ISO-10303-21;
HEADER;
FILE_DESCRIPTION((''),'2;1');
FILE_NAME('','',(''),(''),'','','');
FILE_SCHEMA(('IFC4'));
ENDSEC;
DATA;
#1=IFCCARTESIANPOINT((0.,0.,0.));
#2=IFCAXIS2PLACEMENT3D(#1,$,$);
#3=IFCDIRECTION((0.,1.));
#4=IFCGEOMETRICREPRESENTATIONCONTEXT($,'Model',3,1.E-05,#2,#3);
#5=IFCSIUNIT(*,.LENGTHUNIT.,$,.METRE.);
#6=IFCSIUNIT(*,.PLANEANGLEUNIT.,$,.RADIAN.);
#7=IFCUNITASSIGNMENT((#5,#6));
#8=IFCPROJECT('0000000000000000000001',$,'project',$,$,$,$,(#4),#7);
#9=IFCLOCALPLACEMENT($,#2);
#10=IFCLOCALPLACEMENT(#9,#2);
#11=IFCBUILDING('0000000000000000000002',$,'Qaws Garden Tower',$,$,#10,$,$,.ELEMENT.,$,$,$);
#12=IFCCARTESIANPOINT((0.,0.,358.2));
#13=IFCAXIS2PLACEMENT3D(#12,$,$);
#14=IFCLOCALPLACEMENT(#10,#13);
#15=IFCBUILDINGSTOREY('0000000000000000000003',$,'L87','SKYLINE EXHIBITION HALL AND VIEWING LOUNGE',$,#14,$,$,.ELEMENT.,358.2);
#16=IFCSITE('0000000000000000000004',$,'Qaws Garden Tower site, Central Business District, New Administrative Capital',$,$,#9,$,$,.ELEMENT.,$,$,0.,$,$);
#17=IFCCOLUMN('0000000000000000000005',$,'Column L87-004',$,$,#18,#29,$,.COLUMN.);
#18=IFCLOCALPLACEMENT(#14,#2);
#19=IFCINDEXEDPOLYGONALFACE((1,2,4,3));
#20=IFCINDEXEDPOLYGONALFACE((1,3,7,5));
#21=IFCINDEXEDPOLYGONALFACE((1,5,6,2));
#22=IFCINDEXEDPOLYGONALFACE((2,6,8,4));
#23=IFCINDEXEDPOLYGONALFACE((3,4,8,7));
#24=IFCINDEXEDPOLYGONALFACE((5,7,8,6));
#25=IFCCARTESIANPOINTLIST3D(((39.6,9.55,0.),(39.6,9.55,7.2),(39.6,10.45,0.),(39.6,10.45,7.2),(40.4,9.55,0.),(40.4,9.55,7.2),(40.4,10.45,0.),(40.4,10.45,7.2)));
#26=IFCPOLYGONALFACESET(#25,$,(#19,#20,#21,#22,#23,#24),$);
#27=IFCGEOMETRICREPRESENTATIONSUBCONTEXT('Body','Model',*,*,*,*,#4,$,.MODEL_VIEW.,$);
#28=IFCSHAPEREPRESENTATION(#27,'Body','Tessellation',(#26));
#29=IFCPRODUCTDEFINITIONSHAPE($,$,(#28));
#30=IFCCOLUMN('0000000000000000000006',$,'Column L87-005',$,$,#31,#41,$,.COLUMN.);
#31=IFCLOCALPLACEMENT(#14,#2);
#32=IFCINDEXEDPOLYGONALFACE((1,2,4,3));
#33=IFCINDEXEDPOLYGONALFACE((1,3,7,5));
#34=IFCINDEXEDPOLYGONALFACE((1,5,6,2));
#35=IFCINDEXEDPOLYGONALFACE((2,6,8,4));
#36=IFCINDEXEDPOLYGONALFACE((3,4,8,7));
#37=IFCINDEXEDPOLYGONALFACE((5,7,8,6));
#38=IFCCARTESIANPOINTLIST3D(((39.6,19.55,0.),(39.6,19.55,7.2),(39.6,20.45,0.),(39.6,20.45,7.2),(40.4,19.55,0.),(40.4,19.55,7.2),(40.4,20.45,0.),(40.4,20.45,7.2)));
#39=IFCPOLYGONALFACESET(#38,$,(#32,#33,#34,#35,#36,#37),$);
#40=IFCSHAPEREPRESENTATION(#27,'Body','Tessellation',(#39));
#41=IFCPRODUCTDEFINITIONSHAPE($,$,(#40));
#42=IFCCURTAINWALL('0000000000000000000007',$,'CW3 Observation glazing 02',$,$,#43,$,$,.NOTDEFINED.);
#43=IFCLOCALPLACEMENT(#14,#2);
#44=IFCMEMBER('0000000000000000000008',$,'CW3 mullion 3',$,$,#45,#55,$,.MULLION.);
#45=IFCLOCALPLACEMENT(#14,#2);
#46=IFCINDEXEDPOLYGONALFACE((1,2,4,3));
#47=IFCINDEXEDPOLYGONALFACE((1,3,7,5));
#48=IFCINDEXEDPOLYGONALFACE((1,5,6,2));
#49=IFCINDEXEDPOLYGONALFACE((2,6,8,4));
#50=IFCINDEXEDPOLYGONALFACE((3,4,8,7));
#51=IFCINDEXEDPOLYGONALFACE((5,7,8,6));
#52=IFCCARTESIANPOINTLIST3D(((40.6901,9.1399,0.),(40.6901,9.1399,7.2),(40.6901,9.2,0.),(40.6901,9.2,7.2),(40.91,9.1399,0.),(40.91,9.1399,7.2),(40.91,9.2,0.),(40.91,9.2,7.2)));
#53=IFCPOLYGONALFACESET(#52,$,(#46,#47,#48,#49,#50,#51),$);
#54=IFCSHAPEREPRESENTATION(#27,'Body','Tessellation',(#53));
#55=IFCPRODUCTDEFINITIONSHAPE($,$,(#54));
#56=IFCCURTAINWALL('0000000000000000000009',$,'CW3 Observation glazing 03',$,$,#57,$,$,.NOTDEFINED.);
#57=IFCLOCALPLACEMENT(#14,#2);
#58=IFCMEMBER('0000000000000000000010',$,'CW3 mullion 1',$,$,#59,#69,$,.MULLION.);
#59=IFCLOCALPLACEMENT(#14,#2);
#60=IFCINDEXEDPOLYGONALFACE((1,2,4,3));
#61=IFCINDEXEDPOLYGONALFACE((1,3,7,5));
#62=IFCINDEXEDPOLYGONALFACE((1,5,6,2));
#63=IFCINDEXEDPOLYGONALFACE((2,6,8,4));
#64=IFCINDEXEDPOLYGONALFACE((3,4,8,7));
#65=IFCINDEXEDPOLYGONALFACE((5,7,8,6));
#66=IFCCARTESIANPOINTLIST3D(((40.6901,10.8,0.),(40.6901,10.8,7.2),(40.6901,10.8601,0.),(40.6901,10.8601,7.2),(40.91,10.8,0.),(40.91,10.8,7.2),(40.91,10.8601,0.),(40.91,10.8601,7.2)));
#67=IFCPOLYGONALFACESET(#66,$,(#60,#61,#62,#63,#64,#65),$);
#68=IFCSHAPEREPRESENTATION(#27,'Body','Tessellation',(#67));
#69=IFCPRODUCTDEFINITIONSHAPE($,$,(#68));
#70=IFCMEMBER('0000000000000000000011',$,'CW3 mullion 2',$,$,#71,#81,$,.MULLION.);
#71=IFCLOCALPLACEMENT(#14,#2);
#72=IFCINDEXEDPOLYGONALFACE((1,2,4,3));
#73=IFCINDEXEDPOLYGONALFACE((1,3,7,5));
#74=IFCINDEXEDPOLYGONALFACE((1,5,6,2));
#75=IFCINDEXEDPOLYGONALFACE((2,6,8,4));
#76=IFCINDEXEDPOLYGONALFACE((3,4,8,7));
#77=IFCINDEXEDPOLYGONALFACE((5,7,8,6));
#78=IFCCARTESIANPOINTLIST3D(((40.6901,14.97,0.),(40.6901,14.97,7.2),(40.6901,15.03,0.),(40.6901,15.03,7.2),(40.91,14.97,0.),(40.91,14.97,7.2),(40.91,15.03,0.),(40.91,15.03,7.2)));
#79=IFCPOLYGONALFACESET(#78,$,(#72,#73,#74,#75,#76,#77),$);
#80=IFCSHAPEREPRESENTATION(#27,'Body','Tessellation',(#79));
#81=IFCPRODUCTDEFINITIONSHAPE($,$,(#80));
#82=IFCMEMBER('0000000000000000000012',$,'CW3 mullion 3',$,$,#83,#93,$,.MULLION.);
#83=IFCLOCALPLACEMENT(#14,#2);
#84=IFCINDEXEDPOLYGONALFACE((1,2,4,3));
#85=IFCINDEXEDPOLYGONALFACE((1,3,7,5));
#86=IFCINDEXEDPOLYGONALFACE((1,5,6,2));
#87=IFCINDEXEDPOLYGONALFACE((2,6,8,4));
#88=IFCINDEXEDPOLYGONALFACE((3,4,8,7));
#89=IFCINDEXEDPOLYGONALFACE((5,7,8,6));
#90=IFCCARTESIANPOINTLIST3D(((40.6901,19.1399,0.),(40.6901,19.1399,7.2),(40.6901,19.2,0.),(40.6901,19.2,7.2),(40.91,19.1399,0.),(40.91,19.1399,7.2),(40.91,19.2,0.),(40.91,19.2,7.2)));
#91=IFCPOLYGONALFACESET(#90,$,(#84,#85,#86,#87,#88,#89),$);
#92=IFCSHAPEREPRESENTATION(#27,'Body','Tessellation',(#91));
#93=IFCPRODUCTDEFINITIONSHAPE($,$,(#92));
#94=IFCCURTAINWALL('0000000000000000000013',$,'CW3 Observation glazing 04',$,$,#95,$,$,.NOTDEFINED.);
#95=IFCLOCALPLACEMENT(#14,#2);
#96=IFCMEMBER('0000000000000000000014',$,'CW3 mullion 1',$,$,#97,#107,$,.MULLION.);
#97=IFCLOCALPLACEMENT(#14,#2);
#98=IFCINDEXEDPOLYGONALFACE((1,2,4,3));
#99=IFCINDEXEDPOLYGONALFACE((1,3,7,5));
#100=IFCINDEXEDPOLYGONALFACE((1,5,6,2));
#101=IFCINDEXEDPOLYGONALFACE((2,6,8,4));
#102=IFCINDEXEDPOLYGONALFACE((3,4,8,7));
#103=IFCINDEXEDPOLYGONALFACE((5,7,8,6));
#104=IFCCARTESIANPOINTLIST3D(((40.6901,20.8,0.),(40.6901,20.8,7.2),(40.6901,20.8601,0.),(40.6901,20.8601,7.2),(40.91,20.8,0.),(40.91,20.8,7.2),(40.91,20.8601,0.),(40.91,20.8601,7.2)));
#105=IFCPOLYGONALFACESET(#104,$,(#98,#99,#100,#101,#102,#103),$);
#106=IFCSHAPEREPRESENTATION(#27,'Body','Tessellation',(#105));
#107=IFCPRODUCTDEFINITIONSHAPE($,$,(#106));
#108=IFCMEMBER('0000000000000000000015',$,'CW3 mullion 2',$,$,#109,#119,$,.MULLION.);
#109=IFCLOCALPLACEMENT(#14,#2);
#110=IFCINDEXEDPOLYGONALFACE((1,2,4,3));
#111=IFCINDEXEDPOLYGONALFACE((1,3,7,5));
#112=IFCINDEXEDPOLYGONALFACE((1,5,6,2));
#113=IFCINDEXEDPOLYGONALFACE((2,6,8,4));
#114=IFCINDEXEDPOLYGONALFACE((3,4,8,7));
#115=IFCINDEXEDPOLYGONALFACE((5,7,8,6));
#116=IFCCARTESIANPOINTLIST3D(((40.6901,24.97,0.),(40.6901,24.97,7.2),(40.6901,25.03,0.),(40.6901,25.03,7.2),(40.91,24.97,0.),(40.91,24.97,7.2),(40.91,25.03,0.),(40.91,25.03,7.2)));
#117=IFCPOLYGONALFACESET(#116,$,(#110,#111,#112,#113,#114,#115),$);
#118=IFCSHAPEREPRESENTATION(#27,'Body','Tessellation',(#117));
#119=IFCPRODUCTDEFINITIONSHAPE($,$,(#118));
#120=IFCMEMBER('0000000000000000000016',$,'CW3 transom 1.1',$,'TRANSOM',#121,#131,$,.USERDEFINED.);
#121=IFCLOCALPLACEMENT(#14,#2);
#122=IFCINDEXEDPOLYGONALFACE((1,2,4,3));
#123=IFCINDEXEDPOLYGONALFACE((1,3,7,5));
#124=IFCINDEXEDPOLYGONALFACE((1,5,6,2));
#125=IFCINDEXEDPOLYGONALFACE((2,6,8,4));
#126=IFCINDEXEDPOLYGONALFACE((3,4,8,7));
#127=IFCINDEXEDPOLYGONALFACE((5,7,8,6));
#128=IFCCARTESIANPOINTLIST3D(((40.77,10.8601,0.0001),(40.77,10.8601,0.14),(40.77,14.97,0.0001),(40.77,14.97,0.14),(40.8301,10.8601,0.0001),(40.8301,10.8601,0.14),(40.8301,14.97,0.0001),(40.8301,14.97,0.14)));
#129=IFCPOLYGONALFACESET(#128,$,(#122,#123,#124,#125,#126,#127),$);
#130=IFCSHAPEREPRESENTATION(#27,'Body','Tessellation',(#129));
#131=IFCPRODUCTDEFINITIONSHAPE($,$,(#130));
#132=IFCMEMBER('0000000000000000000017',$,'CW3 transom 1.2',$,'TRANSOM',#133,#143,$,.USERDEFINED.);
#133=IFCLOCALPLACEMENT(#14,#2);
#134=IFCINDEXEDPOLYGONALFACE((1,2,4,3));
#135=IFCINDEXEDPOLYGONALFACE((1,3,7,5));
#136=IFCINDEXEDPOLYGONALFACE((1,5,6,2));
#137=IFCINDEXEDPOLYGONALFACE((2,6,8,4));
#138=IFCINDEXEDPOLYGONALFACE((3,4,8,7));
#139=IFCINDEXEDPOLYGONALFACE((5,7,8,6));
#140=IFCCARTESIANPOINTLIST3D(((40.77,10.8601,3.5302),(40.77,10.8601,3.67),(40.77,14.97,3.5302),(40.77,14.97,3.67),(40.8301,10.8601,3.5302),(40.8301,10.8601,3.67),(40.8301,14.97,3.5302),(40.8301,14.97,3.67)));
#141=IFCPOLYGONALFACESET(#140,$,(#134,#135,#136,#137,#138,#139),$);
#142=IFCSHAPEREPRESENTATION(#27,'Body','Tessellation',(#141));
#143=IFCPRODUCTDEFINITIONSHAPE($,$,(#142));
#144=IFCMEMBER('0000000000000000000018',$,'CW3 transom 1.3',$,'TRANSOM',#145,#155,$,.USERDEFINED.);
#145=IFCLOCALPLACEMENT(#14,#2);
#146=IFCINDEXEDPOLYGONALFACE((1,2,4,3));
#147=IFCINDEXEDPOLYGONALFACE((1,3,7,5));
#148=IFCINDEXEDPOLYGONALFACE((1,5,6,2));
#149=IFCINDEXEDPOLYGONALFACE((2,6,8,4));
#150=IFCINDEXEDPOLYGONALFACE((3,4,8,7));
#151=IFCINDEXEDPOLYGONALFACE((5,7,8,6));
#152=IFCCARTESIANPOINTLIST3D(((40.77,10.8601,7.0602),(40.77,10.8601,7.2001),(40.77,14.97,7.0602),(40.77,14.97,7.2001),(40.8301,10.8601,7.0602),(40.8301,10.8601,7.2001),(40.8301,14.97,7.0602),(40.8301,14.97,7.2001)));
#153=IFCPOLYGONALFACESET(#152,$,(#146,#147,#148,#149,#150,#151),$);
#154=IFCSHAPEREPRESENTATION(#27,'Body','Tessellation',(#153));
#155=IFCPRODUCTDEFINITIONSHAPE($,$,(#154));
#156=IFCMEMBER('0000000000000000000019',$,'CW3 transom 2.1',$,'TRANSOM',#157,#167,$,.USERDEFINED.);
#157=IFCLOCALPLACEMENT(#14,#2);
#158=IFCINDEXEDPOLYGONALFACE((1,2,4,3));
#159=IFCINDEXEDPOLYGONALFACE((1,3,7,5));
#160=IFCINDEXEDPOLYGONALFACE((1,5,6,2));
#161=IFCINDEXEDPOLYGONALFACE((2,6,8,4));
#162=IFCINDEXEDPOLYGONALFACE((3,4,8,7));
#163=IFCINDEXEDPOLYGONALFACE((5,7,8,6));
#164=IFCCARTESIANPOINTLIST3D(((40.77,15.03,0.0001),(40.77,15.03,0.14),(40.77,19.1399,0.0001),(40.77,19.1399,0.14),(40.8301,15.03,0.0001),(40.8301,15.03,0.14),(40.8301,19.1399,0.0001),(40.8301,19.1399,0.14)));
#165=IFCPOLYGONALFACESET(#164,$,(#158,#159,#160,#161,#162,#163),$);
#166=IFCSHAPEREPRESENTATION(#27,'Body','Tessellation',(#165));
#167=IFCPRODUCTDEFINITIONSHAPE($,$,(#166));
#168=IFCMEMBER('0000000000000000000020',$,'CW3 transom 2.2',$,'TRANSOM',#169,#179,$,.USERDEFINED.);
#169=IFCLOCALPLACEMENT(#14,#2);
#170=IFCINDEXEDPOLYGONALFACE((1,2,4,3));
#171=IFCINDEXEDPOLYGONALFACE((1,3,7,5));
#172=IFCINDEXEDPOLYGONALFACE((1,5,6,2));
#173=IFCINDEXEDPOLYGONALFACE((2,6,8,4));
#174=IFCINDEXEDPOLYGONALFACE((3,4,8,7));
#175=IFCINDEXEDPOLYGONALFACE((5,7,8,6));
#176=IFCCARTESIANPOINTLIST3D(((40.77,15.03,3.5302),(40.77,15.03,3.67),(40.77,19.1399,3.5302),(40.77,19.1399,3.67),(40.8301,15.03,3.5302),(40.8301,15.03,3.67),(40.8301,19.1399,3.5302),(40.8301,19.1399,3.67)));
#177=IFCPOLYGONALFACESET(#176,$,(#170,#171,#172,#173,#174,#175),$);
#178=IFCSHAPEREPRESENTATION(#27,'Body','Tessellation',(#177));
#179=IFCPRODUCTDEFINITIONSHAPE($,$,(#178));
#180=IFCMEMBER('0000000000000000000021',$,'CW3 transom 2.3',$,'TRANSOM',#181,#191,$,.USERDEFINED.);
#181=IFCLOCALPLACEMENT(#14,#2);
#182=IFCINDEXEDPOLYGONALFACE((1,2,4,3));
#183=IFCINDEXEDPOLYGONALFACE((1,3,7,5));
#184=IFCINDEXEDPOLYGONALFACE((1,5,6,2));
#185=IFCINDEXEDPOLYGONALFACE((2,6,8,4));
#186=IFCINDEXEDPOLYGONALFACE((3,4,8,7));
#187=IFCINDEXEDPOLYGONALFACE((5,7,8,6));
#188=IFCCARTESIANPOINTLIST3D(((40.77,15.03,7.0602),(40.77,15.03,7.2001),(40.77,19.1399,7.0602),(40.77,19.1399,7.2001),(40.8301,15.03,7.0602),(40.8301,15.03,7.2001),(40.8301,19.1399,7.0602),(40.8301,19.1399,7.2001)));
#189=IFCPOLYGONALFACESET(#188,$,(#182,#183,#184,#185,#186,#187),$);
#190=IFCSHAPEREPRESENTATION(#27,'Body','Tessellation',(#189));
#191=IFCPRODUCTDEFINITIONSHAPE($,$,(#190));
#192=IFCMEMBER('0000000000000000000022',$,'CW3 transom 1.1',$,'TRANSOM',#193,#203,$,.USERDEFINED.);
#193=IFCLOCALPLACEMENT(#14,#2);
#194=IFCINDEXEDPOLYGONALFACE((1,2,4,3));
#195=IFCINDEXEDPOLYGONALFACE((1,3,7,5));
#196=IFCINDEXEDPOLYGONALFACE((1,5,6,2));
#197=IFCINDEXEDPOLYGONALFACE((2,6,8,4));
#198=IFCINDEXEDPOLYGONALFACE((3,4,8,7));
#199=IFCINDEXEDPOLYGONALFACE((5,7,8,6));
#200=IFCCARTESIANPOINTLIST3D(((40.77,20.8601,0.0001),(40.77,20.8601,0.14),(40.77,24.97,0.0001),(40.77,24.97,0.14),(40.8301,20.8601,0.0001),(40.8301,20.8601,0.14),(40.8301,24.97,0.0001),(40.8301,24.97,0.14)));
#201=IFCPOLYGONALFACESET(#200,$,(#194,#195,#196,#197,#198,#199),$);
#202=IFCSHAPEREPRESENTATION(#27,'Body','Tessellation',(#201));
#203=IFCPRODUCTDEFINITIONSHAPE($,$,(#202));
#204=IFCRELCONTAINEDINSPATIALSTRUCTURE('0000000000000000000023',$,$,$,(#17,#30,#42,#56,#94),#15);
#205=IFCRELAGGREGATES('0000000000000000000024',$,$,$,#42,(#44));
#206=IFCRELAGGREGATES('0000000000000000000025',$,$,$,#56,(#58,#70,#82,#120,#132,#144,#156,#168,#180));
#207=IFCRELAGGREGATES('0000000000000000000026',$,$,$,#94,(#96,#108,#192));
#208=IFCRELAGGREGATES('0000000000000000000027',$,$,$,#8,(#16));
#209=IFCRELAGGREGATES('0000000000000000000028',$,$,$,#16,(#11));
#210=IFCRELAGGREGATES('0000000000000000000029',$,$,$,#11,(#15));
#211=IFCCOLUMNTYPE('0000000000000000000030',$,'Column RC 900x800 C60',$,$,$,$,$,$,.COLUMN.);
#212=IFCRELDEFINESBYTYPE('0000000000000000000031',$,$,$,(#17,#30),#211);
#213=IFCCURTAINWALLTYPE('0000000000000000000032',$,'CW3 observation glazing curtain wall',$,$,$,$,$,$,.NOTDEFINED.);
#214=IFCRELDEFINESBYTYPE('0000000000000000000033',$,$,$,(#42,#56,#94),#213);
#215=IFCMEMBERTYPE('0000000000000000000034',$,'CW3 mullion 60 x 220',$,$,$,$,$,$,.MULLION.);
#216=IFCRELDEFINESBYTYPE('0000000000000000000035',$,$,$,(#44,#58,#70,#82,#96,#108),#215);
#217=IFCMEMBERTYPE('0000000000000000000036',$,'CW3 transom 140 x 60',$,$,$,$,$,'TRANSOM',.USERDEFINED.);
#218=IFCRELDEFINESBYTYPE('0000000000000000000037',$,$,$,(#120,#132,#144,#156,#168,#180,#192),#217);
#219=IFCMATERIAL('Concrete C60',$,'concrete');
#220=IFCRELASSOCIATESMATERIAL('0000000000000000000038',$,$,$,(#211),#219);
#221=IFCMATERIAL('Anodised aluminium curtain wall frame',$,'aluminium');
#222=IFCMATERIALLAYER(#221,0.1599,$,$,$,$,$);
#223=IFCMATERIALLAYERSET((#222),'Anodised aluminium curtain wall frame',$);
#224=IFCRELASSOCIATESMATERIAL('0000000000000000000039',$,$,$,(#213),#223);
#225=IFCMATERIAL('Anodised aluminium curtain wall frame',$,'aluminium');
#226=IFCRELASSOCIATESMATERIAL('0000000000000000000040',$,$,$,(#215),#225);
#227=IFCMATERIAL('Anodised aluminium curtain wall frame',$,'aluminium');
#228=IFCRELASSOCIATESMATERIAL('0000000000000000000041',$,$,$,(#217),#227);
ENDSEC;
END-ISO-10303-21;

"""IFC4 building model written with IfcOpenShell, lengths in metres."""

from ifc_helpers import new_model, si_unit, direction, frame, origin, origin_2d, place, context, subcontext, project, spatial, rectangle, extrude, material, layer, layer_set, material_profile, profile_set, type_object, element, aggregate, save


model = new_model("IFC4")

# Units and contexts
model_context = context("Model", 3, precision=1e-05, world=origin(), true_north=direction((0.0, 1.0)))
body_context = subcontext(model_context, "Body", "Model", "MODEL_VIEW")
ifc_project = project(units=[si_unit("LENGTHUNIT", "METRE"), si_unit("PLANEANGLEUNIT", "RADIAN")], contexts=[model_context])

# Site, building, storey
site_placement = place(None, origin())
site = spatial("IfcSite", under=ifc_project, at=site_placement, Name="Qaws Garden Tower site, Central Business District, New Administrative Capital", CompositionType="ELEMENT", RefElevation=0.0)
building_placement = place(site_placement, origin())
building = spatial("IfcBuilding", under=site, at=building_placement, Name="Qaws Garden Tower", CompositionType="ELEMENT")
storey_placement = place(building_placement, frame((0.0, 0.0, 358.2)))
storey = spatial("IfcBuildingStorey", under=building, at=storey_placement, Name="L87", Description="SKYLINE EXHIBITION HALL AND VIEWING LOUNGE", CompositionType="ELEMENT", Elevation=358.2)

# Columns
ifc_material_1 = material(Name="Concrete C60", Category="concrete")
ifc_material_profile_1 = material_profile(ifc_material_1, rectangle(XDim=0.8999, YDim=0.8, at=origin_2d()), Name="RC 900x800")
ifc_profile_set_1 = profile_set([ifc_material_profile_1], Name="Concrete C60")
column_type = type_object("IfcColumnType", Name="Column RC 900x800 C60", PredefinedType="COLUMN", material=ifc_profile_set_1)
for number, where, z_axis, x_axis, name in (
    (1, (40.0, 10.0, 0.0), (0.0, 0.0, 1.0), (0.0, 1.0, 0.0), "Column L87-004"),
    (2, (40.0, 20.0, 0.0), (0.0, 0.0, 1.0), (0.0, 1.0, 0.0), "Column L87-005"),
):
    element("IfcColumn", number, at=place(storey_placement, frame(where, z_axis=z_axis, x_axis=x_axis)), inside=storey, type_object=column_type, Name=name, PredefinedType="COLUMN", context=body_context, shape_type="SweptSolid", body=[
        extrude(rectangle(XDim=0.8999, YDim=0.8, at=origin_2d()), origin(), (0.0, 0.0, 1.0), 7.2),
    ])

# Curtain wall, member
ifc_material_2 = material(Name="Anodised aluminium curtain wall frame", Category="aluminium")
ifc_layer_1 = layer(ifc_material_2, 0.1599)
ifc_layer_set_1 = layer_set([ifc_layer_1], Name="Anodised aluminium curtain wall frame")
curtain_wall_type = type_object("IfcCurtainWallType", Name="CW3 observation glazing curtain wall", PredefinedType="NOTDEFINED", material=ifc_layer_set_1)
placement = place(storey_placement, origin())
curtain_wall_1 = element("IfcCurtainWall", 3, at=placement, inside=storey, type_object=curtain_wall_type, Name="CW3 Observation glazing 02", PredefinedType="NOTDEFINED")
ifc_material_3 = material(Name="Anodised aluminium curtain wall frame", Category="aluminium")
ifc_material_profile_2 = material_profile(ifc_material_3, rectangle(XDim=0.22, YDim=0.0601, at=origin_2d()), Name="AL 60x220")
ifc_profile_set_2 = profile_set([ifc_material_profile_2], Name="Anodised aluminium curtain wall frame")
member_type_1 = type_object("IfcMemberType", Name="CW3 mullion 60 x 220", PredefinedType="MULLION", material=ifc_profile_set_2)
member_1_placement = place(storey_placement, frame((40.8, 9.1699, 0.0), z_axis=(0.0, 0.0, 1.0), x_axis=(-1.0, 0.0, 0.0)))
member_1 = element("IfcMember", 4, at=member_1_placement, type_object=member_type_1, Name="CW3 mullion 3", PredefinedType="MULLION", context=body_context, shape_type="SweptSolid", body=[
    extrude(rectangle(XDim=0.22, YDim=0.0601, at=origin_2d()), origin(), (0.0, 0.0, 1.0), 7.2),
])

# Curtain walls, members
curtain_wall_2 = element("IfcCurtainWall", 5, at=placement, inside=storey, type_object=curtain_wall_type, Name="CW3 Observation glazing 03", PredefinedType="NOTDEFINED")
member_2_placement = place(storey_placement, frame((40.8, 10.8301, 0.0), z_axis=(0.0, 0.0, 1.0), x_axis=(-1.0, 0.0, 0.0)))
member_2 = element("IfcMember", 6, at=member_2_placement, type_object=member_type_1, Name="CW3 mullion 1", PredefinedType="MULLION", context=body_context, shape_type="SweptSolid", body=[
    extrude(rectangle(XDim=0.22, YDim=0.0601, at=origin_2d()), origin(), (0.0, 0.0, 1.0), 7.2),
])
member_3_placement = place(storey_placement, frame((40.8, 15.0, 0.0), z_axis=(0.0, 0.0, 1.0), x_axis=(-1.0, 0.0, 0.0)))
member_3 = element("IfcMember", 7, at=member_3_placement, type_object=member_type_1, Name="CW3 mullion 2", PredefinedType="MULLION", context=body_context, shape_type="SweptSolid", body=[
    extrude(rectangle(XDim=0.22, YDim=0.0601, at=origin_2d()), origin(), (0.0, 0.0, 1.0), 7.2),
])
member_4_placement = place(storey_placement, frame((40.8, 19.1699, 0.0), z_axis=(0.0, 0.0, 1.0), x_axis=(-1.0, 0.0, 0.0)))
member_4 = element("IfcMember", 8, at=member_4_placement, type_object=member_type_1, Name="CW3 mullion 3", PredefinedType="MULLION", context=body_context, shape_type="SweptSolid", body=[
    extrude(rectangle(XDim=0.22, YDim=0.0601, at=origin_2d()), origin(), (0.0, 0.0, 1.0), 7.2),
])
curtain_wall_3 = element("IfcCurtainWall", 9, at=placement, inside=storey, type_object=curtain_wall_type, Name="CW3 Observation glazing 04", PredefinedType="NOTDEFINED")
member_5_placement = place(storey_placement, frame((40.8, 20.8301, 0.0), z_axis=(0.0, 0.0, 1.0), x_axis=(-1.0, 0.0, 0.0)))
member_5 = element("IfcMember", 10, at=member_5_placement, type_object=member_type_1, Name="CW3 mullion 1", PredefinedType="MULLION", context=body_context, shape_type="SweptSolid", body=[
    extrude(rectangle(XDim=0.22, YDim=0.0601, at=origin_2d()), origin(), (0.0, 0.0, 1.0), 7.2),
])
member_6_placement = place(storey_placement, frame((40.8, 25.0, 0.0), z_axis=(0.0, 0.0, 1.0), x_axis=(-1.0, 0.0, 0.0)))
member_6 = element("IfcMember", 11, at=member_6_placement, type_object=member_type_1, Name="CW3 mullion 2", PredefinedType="MULLION", context=body_context, shape_type="SweptSolid", body=[
    extrude(rectangle(XDim=0.22, YDim=0.0601, at=origin_2d()), origin(), (0.0, 0.0, 1.0), 7.2),
])

# Members
ifc_material_4 = material(Name="Anodised aluminium curtain wall frame", Category="aluminium")
ifc_material_profile_3 = material_profile(ifc_material_4, rectangle(XDim=0.0601, YDim=0.1399, at=origin_2d()), Name="AL 60x140")
ifc_profile_set_3 = profile_set([ifc_material_profile_3], Name="Anodised aluminium curtain wall frame")
member_type_2 = type_object("IfcMemberType", Name="CW3 transom 140 x 60", ElementType="TRANSOM", PredefinedType="USERDEFINED", material=ifc_profile_set_3)
member_7_placement = place(storey_placement, frame((40.8, 10.8601, 0.0701), z_axis=(0.0, 1.0, 0.0), x_axis=(-1.0, 0.0, 0.0)))
member_7 = element("IfcMember", 12, at=member_7_placement, type_object=member_type_2, Name="CW3 transom 1.1", ObjectType="TRANSOM", PredefinedType="USERDEFINED", context=body_context, shape_type="SweptSolid", body=[
    extrude(rectangle(XDim=0.0601, YDim=0.1399, at=origin_2d()), origin(), (0.0, 0.0, 1.0), 4.1099),
])
member_8_placement = place(storey_placement, frame((40.8, 10.8601, 3.6001), z_axis=(0.0, 1.0, 0.0), x_axis=(-1.0, 0.0, 0.0)))
member_8 = element("IfcMember", 13, at=member_8_placement, type_object=member_type_2, Name="CW3 transom 1.2", ObjectType="TRANSOM", PredefinedType="USERDEFINED", context=body_context, shape_type="SweptSolid", body=[
    extrude(rectangle(XDim=0.0601, YDim=0.1399, at=origin_2d()), origin(), (0.0, 0.0, 1.0), 4.1099),
])
member_9_placement = place(storey_placement, frame((40.8, 10.8601, 7.1301), z_axis=(0.0, 1.0, 0.0), x_axis=(-1.0, 0.0, 0.0)))
member_9 = element("IfcMember", 14, at=member_9_placement, type_object=member_type_2, Name="CW3 transom 1.3", ObjectType="TRANSOM", PredefinedType="USERDEFINED", context=body_context, shape_type="SweptSolid", body=[
    extrude(rectangle(XDim=0.0601, YDim=0.1399, at=origin_2d()), origin(), (0.0, 0.0, 1.0), 4.1099),
])
member_10_placement = place(storey_placement, frame((40.8, 15.03, 0.0701), z_axis=(0.0, 1.0, 0.0), x_axis=(-1.0, 0.0, 0.0)))
member_10 = element("IfcMember", 15, at=member_10_placement, type_object=member_type_2, Name="CW3 transom 2.1", ObjectType="TRANSOM", PredefinedType="USERDEFINED", context=body_context, shape_type="SweptSolid", body=[
    extrude(rectangle(XDim=0.0601, YDim=0.1399, at=origin_2d()), origin(), (0.0, 0.0, 1.0), 4.1099),
])
member_11_placement = place(storey_placement, frame((40.8, 15.03, 3.6001), z_axis=(0.0, 1.0, 0.0), x_axis=(-1.0, 0.0, 0.0)))
member_11 = element("IfcMember", 16, at=member_11_placement, type_object=member_type_2, Name="CW3 transom 2.2", ObjectType="TRANSOM", PredefinedType="USERDEFINED", context=body_context, shape_type="SweptSolid", body=[
    extrude(rectangle(XDim=0.0601, YDim=0.1399, at=origin_2d()), origin(), (0.0, 0.0, 1.0), 4.1099),
])
member_12_placement = place(storey_placement, frame((40.8, 15.03, 7.1301), z_axis=(0.0, 1.0, 0.0), x_axis=(-1.0, 0.0, 0.0)))
member_12 = element("IfcMember", 17, at=member_12_placement, type_object=member_type_2, Name="CW3 transom 2.3", ObjectType="TRANSOM", PredefinedType="USERDEFINED", context=body_context, shape_type="SweptSolid", body=[
    extrude(rectangle(XDim=0.0601, YDim=0.1399, at=origin_2d()), origin(), (0.0, 0.0, 1.0), 4.1099),
])
member_13_placement = place(storey_placement, frame((40.8, 20.8601, 0.0701), z_axis=(0.0, 1.0, 0.0), x_axis=(-1.0, 0.0, 0.0)))
member_13 = element("IfcMember", 18, at=member_13_placement, type_object=member_type_2, Name="CW3 transom 1.1", ObjectType="TRANSOM", PredefinedType="USERDEFINED", context=body_context, shape_type="SweptSolid", body=[
    extrude(rectangle(XDim=0.0601, YDim=0.1399, at=origin_2d()), origin(), (0.0, 0.0, 1.0), 4.1099),
])

aggregate(curtain_wall_1, [member_1])
aggregate(curtain_wall_2, [member_2, member_3, member_4, member_7, member_8, member_9, member_10, member_11, member_12])
aggregate(curtain_wall_3, [member_5, member_6, member_13])

save(model, "model.ifc")
